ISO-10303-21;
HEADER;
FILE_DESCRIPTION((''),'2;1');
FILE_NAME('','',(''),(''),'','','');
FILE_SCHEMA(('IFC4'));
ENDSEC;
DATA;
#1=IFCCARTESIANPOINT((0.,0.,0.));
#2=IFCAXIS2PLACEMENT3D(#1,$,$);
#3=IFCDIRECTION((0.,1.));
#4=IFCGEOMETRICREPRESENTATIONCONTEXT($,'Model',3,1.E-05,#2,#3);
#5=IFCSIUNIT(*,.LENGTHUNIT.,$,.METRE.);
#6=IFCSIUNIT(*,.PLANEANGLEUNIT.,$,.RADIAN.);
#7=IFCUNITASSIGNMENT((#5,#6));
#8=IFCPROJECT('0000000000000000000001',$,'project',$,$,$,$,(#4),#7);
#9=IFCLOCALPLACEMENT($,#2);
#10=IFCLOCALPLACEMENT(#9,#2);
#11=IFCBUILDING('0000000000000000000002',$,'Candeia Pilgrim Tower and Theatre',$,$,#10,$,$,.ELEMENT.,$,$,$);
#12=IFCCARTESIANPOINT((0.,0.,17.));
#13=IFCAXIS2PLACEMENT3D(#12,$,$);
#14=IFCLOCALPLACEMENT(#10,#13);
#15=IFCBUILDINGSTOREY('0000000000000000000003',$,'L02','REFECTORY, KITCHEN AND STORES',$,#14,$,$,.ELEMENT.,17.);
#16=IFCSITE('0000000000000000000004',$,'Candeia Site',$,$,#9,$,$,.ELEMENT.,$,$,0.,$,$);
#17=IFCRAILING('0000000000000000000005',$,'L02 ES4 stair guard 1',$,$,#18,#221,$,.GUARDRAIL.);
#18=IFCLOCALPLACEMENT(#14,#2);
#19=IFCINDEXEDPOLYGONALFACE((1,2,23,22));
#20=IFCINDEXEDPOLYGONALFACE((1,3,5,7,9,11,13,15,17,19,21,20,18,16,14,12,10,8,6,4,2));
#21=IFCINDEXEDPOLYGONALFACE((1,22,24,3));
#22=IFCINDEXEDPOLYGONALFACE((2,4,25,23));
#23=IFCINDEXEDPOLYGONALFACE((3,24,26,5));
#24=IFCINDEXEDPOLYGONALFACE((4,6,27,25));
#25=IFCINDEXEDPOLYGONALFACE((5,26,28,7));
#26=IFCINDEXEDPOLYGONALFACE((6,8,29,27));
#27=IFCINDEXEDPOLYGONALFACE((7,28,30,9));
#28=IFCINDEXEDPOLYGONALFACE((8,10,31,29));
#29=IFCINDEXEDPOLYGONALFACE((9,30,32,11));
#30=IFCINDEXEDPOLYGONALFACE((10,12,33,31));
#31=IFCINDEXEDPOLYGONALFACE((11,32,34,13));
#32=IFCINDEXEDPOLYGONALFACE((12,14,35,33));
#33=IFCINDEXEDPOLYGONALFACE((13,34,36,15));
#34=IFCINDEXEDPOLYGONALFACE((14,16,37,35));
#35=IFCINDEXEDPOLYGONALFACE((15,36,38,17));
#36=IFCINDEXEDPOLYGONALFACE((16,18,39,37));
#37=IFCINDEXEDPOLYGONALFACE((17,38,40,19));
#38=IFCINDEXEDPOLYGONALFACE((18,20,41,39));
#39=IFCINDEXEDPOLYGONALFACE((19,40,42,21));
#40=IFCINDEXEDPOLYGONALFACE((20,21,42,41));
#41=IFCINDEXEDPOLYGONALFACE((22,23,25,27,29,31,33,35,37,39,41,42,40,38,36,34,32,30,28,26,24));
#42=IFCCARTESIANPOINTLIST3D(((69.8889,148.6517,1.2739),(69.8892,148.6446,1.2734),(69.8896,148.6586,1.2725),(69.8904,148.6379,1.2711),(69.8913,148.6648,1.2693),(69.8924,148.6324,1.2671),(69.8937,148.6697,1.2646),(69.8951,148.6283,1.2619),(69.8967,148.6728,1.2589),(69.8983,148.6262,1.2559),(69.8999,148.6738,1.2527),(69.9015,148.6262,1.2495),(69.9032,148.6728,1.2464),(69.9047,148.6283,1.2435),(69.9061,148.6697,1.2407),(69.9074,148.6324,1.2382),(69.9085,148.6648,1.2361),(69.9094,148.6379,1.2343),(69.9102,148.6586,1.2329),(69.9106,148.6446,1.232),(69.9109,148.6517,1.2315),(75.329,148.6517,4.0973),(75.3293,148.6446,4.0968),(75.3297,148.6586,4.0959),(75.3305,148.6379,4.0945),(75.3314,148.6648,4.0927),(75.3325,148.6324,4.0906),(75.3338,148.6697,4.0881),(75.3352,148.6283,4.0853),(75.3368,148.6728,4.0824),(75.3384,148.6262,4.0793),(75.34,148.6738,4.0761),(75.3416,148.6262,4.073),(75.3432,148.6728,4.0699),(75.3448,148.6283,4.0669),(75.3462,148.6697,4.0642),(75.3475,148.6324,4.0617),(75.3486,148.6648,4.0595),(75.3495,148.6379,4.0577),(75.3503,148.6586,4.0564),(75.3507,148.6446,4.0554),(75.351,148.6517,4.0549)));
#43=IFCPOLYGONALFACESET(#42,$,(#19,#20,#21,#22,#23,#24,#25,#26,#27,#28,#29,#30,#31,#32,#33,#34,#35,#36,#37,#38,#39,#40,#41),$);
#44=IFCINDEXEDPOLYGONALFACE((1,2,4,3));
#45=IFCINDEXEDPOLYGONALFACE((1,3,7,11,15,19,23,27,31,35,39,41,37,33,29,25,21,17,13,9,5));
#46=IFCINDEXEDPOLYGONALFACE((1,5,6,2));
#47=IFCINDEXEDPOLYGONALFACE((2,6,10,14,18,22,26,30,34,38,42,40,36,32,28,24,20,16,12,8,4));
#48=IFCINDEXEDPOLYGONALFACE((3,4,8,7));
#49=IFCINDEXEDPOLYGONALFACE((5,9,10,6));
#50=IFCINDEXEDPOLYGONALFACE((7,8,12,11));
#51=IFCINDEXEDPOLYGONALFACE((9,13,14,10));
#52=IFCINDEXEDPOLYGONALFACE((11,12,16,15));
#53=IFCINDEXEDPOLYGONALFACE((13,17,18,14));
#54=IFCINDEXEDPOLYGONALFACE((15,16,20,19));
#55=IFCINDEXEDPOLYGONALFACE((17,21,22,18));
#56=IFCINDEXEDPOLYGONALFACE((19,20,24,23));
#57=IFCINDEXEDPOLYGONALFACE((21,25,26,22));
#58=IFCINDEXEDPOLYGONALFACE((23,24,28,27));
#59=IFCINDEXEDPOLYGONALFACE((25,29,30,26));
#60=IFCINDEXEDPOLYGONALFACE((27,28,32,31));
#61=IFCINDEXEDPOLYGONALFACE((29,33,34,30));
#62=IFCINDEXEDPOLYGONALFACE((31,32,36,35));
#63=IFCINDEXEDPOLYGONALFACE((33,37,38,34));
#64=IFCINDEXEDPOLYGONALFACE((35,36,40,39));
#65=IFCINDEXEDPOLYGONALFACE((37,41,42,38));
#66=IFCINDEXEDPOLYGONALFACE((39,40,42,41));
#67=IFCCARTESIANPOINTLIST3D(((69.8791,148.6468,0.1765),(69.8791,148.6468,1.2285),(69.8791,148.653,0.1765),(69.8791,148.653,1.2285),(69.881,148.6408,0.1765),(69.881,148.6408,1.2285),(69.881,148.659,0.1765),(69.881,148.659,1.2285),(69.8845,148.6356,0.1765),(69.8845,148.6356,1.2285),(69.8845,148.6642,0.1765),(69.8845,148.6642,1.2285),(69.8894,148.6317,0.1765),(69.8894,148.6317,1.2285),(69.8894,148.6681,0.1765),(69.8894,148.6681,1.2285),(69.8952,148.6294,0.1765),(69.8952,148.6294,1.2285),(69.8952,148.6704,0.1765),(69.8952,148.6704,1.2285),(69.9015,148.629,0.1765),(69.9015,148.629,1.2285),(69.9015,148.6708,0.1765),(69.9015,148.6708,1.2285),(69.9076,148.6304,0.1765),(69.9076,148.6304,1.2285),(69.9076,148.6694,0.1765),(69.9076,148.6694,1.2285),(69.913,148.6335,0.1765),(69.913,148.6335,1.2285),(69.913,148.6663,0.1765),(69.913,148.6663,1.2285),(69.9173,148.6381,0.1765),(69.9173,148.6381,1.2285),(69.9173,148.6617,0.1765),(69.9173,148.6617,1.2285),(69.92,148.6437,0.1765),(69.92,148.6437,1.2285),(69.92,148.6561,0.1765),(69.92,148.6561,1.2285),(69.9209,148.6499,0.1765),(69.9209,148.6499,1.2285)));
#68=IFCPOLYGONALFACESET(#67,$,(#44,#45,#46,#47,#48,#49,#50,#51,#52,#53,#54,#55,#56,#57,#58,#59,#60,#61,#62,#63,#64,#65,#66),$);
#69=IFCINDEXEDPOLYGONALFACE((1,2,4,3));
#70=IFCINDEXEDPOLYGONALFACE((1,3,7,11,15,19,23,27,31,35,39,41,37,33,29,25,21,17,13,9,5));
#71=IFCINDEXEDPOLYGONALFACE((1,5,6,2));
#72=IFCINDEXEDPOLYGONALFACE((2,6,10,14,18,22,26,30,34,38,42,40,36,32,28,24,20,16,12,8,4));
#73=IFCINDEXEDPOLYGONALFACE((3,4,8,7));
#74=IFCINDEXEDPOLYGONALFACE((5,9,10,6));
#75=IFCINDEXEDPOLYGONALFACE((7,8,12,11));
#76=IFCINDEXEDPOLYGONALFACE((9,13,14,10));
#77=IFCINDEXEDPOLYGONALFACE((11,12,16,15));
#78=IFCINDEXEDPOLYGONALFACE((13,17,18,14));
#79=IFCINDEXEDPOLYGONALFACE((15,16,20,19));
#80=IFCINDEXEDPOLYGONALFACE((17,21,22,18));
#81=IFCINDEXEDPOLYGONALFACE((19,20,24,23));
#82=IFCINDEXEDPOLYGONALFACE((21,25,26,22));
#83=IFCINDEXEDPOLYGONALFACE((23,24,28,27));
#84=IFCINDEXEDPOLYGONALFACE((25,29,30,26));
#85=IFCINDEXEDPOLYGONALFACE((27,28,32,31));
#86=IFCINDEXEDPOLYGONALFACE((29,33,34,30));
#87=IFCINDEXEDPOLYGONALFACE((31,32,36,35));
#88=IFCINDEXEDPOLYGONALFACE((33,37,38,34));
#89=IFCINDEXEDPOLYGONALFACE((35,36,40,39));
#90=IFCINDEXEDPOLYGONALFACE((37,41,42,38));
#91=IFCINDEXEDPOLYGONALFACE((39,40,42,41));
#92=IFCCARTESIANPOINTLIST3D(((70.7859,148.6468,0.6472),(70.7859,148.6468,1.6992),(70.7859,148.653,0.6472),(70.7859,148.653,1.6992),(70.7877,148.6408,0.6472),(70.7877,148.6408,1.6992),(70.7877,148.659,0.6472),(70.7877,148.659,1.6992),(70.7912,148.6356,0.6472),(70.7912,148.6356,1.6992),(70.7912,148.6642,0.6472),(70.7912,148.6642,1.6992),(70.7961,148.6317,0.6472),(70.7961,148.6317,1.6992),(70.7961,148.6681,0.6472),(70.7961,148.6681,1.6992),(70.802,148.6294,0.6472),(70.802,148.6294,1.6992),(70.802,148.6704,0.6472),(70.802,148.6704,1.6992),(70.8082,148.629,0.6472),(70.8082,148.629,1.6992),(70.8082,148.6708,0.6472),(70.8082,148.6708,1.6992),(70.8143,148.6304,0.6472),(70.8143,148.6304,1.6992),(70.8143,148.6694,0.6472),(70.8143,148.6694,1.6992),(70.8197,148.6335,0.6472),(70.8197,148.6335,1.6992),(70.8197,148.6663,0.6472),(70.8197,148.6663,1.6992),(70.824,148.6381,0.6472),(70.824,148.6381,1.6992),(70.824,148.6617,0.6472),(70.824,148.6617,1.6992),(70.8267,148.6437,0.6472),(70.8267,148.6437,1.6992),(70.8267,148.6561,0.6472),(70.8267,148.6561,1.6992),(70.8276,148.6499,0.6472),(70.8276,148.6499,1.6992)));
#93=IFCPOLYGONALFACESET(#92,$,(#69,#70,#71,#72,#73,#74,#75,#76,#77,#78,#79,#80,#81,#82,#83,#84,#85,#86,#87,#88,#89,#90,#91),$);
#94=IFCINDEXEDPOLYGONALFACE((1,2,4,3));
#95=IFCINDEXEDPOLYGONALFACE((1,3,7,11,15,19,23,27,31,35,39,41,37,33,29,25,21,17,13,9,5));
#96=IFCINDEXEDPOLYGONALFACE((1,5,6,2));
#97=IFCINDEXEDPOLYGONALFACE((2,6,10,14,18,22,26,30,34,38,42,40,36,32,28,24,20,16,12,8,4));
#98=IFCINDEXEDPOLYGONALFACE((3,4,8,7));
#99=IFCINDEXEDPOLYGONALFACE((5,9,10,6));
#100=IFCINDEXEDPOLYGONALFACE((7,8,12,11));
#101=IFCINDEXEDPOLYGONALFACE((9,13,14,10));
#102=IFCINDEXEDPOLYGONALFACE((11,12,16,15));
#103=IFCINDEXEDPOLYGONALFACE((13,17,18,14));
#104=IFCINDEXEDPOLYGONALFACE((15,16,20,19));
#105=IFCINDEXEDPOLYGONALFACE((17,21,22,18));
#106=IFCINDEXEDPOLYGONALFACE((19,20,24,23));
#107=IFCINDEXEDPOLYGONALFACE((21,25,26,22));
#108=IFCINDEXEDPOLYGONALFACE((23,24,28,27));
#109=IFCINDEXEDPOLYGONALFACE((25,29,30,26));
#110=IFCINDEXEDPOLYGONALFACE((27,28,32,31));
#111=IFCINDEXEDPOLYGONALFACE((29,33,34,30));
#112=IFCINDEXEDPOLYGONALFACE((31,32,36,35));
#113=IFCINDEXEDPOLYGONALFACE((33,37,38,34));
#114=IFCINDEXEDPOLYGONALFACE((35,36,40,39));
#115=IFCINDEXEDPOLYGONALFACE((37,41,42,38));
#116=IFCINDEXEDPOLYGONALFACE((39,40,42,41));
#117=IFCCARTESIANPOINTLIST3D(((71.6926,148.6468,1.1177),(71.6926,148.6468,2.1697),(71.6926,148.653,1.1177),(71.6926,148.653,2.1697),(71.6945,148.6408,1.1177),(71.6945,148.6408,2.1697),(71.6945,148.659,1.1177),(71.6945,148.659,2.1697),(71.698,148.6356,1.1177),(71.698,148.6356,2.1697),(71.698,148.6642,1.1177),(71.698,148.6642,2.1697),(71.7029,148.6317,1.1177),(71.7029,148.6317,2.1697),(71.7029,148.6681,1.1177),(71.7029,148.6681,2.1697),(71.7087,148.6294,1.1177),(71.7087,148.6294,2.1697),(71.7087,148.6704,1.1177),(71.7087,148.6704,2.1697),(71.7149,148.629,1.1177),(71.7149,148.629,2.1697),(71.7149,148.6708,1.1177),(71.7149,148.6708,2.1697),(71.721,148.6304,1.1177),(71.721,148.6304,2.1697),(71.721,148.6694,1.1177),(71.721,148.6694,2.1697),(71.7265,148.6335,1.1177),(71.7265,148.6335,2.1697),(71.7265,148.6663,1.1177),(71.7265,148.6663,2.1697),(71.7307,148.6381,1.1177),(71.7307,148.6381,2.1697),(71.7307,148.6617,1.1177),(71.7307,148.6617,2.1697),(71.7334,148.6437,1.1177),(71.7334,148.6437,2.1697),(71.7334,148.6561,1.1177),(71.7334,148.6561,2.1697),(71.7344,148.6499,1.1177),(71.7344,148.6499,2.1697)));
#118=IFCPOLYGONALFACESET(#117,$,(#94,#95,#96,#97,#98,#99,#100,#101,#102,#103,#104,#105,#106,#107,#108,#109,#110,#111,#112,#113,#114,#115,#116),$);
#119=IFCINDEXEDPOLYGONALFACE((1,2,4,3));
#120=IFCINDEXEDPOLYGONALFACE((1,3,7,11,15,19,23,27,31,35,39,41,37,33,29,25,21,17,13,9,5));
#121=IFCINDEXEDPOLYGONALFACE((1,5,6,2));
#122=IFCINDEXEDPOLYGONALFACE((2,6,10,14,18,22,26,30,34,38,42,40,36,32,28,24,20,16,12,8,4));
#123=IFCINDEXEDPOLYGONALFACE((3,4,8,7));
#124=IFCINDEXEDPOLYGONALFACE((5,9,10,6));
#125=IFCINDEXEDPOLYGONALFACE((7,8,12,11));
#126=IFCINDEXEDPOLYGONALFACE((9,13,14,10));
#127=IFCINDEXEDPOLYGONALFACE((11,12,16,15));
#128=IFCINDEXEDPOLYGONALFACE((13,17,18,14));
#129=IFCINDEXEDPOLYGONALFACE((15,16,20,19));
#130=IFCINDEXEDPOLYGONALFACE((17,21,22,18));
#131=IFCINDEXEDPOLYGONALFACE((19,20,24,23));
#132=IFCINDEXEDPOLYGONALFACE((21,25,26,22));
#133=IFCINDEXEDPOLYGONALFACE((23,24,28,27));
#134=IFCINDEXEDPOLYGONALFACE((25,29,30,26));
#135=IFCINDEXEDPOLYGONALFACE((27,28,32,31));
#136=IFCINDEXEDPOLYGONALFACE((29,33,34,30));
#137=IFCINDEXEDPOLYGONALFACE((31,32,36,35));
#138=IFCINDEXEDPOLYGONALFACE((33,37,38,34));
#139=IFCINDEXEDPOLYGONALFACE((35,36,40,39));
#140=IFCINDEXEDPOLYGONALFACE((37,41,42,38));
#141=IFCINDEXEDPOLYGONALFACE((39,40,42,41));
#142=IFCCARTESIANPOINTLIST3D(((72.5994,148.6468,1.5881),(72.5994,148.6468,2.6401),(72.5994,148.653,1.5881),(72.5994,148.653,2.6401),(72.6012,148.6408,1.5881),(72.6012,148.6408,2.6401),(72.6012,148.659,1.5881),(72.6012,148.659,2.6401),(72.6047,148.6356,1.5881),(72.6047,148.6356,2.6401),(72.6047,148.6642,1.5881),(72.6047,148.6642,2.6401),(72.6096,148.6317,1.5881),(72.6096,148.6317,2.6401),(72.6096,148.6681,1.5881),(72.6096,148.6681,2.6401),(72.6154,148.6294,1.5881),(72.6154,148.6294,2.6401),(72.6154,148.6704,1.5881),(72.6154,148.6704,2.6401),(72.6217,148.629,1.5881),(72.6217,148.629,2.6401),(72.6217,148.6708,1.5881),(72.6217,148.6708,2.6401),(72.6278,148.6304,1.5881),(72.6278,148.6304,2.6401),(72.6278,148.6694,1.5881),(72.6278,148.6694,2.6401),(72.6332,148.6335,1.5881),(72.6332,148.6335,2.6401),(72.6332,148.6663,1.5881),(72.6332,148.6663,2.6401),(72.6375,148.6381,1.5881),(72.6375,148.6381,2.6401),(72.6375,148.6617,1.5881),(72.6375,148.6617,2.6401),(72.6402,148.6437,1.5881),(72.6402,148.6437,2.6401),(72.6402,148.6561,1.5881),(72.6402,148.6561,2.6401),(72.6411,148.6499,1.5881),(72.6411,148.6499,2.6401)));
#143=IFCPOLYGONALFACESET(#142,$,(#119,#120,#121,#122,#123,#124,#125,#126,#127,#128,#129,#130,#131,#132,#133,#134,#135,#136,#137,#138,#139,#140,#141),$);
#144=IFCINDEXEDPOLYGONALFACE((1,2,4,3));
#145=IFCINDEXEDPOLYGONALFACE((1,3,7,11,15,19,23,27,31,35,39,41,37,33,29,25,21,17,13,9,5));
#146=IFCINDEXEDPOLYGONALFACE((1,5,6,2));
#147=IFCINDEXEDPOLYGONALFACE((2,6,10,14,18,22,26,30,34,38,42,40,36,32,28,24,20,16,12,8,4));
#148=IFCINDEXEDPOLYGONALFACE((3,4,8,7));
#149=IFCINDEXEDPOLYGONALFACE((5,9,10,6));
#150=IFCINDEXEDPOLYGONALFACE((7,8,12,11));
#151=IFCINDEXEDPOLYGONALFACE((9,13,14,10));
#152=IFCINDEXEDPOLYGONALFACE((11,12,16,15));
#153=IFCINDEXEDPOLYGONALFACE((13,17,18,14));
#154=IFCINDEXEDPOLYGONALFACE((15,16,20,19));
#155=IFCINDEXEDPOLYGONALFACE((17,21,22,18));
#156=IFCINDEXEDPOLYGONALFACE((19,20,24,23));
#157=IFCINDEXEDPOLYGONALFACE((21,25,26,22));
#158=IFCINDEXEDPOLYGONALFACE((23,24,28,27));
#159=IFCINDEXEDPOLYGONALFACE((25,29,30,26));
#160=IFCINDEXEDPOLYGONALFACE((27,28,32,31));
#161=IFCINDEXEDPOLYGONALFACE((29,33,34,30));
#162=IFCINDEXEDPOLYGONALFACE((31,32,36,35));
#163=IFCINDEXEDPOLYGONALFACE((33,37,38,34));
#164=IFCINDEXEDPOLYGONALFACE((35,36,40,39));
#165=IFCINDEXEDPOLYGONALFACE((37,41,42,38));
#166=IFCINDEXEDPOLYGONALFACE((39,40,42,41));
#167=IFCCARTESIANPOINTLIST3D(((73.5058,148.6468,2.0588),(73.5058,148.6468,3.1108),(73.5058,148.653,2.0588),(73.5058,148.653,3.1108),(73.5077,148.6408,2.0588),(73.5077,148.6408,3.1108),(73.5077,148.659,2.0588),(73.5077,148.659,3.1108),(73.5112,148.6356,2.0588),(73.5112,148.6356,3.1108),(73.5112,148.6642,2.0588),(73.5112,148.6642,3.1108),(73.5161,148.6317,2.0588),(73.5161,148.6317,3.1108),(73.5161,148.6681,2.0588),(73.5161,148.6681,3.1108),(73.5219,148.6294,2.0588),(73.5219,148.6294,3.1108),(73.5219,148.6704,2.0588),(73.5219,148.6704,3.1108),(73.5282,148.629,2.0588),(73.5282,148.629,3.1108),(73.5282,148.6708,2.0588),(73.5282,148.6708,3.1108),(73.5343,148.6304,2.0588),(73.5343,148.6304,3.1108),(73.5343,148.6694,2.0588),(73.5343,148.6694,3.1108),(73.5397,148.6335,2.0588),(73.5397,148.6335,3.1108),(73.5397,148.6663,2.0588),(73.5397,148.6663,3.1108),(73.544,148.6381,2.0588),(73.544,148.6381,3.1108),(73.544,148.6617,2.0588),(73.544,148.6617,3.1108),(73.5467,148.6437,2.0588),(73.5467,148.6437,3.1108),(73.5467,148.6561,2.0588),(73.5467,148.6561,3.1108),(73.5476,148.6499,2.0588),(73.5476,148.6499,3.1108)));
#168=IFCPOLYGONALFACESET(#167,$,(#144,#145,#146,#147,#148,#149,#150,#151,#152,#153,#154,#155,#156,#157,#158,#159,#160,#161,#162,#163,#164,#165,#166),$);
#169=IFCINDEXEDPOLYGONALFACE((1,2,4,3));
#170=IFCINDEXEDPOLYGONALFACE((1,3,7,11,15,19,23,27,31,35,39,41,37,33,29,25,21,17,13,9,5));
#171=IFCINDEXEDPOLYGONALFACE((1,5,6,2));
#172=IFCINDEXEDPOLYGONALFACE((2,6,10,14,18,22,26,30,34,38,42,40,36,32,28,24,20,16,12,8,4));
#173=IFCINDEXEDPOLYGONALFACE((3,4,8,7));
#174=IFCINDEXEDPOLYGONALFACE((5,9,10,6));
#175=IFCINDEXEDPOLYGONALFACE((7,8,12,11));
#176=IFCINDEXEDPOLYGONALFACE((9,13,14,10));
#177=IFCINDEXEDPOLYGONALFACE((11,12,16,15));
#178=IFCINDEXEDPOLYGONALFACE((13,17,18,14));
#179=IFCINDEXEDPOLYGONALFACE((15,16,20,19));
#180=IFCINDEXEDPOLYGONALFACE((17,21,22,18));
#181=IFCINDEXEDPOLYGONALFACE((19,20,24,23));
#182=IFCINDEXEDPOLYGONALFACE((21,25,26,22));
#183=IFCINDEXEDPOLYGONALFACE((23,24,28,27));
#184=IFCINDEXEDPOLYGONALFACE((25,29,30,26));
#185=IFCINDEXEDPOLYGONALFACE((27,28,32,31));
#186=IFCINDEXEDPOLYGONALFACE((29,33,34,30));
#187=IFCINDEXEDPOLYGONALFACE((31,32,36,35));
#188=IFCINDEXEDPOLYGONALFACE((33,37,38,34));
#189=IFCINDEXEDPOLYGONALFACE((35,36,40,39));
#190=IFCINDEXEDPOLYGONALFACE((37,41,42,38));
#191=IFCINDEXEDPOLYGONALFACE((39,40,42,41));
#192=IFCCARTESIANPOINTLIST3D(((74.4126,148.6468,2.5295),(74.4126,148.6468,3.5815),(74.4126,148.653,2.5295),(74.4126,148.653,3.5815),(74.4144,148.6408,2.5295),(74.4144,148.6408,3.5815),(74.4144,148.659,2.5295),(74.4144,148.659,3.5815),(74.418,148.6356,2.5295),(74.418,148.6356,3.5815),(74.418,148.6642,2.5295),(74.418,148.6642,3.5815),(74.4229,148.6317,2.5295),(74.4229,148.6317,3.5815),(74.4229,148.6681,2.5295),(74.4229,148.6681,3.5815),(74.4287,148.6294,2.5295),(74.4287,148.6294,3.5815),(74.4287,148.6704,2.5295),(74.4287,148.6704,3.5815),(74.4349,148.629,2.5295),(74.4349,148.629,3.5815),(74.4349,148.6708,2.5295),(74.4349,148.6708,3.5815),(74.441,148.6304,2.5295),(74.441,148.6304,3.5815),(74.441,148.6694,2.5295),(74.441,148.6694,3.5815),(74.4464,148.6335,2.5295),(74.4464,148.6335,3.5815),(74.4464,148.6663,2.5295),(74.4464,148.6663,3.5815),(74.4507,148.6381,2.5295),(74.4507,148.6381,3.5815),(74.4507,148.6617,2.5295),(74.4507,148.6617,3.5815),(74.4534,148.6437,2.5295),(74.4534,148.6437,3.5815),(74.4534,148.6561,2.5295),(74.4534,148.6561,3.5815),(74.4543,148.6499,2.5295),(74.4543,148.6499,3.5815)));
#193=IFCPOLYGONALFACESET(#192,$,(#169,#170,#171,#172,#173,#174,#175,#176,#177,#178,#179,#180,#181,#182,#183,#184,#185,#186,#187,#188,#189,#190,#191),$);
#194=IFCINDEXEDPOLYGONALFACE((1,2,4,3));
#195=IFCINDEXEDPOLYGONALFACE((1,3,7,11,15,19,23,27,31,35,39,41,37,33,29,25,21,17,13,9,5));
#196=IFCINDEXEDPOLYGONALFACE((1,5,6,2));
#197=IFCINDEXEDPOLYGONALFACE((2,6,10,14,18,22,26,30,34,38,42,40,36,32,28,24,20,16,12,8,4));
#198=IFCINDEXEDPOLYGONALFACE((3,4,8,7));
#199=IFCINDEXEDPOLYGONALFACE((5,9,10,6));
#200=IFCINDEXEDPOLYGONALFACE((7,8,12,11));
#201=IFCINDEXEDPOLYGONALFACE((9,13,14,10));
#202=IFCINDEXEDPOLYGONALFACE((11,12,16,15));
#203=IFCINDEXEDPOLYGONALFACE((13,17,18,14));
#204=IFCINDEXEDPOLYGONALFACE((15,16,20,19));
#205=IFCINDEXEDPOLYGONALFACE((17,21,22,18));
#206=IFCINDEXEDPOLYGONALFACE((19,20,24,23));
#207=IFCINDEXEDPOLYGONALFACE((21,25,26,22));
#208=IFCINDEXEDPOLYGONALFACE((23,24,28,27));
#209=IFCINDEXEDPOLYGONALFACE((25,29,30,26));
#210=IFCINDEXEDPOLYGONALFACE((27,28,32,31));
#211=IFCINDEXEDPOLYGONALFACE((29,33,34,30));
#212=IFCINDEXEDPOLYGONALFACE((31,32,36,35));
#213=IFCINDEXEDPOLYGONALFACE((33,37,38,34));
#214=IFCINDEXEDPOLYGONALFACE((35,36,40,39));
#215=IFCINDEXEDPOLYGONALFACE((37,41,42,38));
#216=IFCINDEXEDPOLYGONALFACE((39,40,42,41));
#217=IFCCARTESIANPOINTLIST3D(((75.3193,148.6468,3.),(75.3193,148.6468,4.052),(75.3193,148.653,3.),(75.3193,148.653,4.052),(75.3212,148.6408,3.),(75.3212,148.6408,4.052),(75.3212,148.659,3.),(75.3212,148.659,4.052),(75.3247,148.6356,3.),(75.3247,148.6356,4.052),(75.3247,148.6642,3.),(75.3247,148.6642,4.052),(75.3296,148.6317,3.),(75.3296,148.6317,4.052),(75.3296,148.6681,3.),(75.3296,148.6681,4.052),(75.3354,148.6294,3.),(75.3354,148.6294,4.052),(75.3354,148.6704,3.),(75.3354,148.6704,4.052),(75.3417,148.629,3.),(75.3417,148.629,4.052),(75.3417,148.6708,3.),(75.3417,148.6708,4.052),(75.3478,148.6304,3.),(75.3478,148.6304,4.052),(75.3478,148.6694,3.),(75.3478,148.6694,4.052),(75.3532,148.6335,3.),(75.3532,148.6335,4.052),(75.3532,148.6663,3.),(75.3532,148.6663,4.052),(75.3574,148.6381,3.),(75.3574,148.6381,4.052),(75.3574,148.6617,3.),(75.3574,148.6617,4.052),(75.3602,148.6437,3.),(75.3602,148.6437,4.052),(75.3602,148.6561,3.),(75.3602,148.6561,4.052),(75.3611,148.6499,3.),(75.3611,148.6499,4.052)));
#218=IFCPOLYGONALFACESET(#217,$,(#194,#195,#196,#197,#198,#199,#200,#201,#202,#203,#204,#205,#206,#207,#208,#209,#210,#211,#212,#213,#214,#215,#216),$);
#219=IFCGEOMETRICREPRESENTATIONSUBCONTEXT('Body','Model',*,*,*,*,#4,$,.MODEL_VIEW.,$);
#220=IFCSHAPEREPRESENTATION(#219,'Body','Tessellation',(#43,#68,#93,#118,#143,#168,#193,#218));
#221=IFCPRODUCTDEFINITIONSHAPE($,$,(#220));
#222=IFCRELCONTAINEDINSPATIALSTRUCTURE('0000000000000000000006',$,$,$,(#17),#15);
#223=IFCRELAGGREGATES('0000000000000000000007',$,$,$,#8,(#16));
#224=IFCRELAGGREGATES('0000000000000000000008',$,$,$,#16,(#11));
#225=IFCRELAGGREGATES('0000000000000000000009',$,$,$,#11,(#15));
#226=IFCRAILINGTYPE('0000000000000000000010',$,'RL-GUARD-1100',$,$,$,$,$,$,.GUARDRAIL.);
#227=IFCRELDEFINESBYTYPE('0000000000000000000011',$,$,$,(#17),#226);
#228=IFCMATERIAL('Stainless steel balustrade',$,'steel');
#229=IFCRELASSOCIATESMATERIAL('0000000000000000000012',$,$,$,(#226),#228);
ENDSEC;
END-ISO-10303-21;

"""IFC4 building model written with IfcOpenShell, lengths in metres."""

from ifc_helpers import new_model, si_unit, direction, frame, origin, origin_2d, place, context, subcontext, project, spatial, circle, extrude, material, type_object, element, save


model = new_model("IFC4")

# Units and contexts
model_context = context("Model", 3, precision=1e-05, world=origin(), true_north=direction((0.0, 1.0)))
body_context = subcontext(model_context, "Body", "Model", "MODEL_VIEW")
ifc_project = project(units=[si_unit("LENGTHUNIT", "METRE"), si_unit("PLANEANGLEUNIT", "RADIAN")], contexts=[model_context])

# Site, building, storey
site_placement = place(None, origin())
site = spatial("IfcSite", under=ifc_project, at=site_placement, Name="Candeia Site", CompositionType="ELEMENT", RefElevation=0.0)
building_placement = place(site_placement, origin())
building = spatial("IfcBuilding", under=site, at=building_placement, Name="Candeia Pilgrim Tower and Theatre", CompositionType="ELEMENT")
storey_placement = place(building_placement, frame((0.0, 0.0, 17.0)))
storey = spatial("IfcBuildingStorey", under=building, at=storey_placement, Name="L02", Description="REFECTORY, KITCHEN AND STORES", CompositionType="ELEMENT", Elevation=17.0)

# Railing
ifc_material_1 = material(Name="Stainless steel balustrade", Category="steel")
railing_type_1 = type_object("IfcRailingType", Name="RL-GUARD-1100", PredefinedType="GUARDRAIL", material=ifc_material_1)
railing_1_placement = place(storey_placement, frame((69.8999, 148.6499, 0.1765)))
element("IfcRailing", 1, at=railing_1_placement, inside=storey, type_object=railing_type_1, Name="L02 ES4 stair guard 1", PredefinedType="GUARDRAIL", context=body_context, shape_type="SweptSolid", body=[
    extrude(circle(Radius=0.0239, at=origin_2d()), frame((0.0, 0.0, 1.0762), z_axis=(0.887578, 0.0, 0.460658), x_axis=(0.0, 1.0, 0.0)), (0.0, 0.0, 1.0), 6.1292),
    extrude(circle(Radius=0.021, at=origin_2d()), origin(), (0.0, 0.0, 1.0), 1.052),
    extrude(circle(Radius=0.021, at=origin_2d()), frame((0.9067, 0.0, 0.4707)), (0.0, 0.0, 1.0), 1.052),
    extrude(circle(Radius=0.021, at=origin_2d()), frame((1.8135, 0.0, 0.9412)), (0.0, 0.0, 1.0), 1.052),
    extrude(circle(Radius=0.021, at=origin_2d()), frame((2.7202, 0.0, 1.4116)), (0.0, 0.0, 1.0), 1.052),
    extrude(circle(Radius=0.021, at=origin_2d()), frame((3.6267, 0.0, 1.8823)), (0.0, 0.0, 1.0), 1.052),
    extrude(circle(Radius=0.021, at=origin_2d()), frame((4.5334, 0.0, 2.353)), (0.0, 0.0, 1.0), 1.052),
    extrude(circle(Radius=0.021, at=origin_2d()), frame((5.4402, 0.0, 2.8235)), (0.0, 0.0, 1.0), 1.052),
])

save(model, "model.ifc")
